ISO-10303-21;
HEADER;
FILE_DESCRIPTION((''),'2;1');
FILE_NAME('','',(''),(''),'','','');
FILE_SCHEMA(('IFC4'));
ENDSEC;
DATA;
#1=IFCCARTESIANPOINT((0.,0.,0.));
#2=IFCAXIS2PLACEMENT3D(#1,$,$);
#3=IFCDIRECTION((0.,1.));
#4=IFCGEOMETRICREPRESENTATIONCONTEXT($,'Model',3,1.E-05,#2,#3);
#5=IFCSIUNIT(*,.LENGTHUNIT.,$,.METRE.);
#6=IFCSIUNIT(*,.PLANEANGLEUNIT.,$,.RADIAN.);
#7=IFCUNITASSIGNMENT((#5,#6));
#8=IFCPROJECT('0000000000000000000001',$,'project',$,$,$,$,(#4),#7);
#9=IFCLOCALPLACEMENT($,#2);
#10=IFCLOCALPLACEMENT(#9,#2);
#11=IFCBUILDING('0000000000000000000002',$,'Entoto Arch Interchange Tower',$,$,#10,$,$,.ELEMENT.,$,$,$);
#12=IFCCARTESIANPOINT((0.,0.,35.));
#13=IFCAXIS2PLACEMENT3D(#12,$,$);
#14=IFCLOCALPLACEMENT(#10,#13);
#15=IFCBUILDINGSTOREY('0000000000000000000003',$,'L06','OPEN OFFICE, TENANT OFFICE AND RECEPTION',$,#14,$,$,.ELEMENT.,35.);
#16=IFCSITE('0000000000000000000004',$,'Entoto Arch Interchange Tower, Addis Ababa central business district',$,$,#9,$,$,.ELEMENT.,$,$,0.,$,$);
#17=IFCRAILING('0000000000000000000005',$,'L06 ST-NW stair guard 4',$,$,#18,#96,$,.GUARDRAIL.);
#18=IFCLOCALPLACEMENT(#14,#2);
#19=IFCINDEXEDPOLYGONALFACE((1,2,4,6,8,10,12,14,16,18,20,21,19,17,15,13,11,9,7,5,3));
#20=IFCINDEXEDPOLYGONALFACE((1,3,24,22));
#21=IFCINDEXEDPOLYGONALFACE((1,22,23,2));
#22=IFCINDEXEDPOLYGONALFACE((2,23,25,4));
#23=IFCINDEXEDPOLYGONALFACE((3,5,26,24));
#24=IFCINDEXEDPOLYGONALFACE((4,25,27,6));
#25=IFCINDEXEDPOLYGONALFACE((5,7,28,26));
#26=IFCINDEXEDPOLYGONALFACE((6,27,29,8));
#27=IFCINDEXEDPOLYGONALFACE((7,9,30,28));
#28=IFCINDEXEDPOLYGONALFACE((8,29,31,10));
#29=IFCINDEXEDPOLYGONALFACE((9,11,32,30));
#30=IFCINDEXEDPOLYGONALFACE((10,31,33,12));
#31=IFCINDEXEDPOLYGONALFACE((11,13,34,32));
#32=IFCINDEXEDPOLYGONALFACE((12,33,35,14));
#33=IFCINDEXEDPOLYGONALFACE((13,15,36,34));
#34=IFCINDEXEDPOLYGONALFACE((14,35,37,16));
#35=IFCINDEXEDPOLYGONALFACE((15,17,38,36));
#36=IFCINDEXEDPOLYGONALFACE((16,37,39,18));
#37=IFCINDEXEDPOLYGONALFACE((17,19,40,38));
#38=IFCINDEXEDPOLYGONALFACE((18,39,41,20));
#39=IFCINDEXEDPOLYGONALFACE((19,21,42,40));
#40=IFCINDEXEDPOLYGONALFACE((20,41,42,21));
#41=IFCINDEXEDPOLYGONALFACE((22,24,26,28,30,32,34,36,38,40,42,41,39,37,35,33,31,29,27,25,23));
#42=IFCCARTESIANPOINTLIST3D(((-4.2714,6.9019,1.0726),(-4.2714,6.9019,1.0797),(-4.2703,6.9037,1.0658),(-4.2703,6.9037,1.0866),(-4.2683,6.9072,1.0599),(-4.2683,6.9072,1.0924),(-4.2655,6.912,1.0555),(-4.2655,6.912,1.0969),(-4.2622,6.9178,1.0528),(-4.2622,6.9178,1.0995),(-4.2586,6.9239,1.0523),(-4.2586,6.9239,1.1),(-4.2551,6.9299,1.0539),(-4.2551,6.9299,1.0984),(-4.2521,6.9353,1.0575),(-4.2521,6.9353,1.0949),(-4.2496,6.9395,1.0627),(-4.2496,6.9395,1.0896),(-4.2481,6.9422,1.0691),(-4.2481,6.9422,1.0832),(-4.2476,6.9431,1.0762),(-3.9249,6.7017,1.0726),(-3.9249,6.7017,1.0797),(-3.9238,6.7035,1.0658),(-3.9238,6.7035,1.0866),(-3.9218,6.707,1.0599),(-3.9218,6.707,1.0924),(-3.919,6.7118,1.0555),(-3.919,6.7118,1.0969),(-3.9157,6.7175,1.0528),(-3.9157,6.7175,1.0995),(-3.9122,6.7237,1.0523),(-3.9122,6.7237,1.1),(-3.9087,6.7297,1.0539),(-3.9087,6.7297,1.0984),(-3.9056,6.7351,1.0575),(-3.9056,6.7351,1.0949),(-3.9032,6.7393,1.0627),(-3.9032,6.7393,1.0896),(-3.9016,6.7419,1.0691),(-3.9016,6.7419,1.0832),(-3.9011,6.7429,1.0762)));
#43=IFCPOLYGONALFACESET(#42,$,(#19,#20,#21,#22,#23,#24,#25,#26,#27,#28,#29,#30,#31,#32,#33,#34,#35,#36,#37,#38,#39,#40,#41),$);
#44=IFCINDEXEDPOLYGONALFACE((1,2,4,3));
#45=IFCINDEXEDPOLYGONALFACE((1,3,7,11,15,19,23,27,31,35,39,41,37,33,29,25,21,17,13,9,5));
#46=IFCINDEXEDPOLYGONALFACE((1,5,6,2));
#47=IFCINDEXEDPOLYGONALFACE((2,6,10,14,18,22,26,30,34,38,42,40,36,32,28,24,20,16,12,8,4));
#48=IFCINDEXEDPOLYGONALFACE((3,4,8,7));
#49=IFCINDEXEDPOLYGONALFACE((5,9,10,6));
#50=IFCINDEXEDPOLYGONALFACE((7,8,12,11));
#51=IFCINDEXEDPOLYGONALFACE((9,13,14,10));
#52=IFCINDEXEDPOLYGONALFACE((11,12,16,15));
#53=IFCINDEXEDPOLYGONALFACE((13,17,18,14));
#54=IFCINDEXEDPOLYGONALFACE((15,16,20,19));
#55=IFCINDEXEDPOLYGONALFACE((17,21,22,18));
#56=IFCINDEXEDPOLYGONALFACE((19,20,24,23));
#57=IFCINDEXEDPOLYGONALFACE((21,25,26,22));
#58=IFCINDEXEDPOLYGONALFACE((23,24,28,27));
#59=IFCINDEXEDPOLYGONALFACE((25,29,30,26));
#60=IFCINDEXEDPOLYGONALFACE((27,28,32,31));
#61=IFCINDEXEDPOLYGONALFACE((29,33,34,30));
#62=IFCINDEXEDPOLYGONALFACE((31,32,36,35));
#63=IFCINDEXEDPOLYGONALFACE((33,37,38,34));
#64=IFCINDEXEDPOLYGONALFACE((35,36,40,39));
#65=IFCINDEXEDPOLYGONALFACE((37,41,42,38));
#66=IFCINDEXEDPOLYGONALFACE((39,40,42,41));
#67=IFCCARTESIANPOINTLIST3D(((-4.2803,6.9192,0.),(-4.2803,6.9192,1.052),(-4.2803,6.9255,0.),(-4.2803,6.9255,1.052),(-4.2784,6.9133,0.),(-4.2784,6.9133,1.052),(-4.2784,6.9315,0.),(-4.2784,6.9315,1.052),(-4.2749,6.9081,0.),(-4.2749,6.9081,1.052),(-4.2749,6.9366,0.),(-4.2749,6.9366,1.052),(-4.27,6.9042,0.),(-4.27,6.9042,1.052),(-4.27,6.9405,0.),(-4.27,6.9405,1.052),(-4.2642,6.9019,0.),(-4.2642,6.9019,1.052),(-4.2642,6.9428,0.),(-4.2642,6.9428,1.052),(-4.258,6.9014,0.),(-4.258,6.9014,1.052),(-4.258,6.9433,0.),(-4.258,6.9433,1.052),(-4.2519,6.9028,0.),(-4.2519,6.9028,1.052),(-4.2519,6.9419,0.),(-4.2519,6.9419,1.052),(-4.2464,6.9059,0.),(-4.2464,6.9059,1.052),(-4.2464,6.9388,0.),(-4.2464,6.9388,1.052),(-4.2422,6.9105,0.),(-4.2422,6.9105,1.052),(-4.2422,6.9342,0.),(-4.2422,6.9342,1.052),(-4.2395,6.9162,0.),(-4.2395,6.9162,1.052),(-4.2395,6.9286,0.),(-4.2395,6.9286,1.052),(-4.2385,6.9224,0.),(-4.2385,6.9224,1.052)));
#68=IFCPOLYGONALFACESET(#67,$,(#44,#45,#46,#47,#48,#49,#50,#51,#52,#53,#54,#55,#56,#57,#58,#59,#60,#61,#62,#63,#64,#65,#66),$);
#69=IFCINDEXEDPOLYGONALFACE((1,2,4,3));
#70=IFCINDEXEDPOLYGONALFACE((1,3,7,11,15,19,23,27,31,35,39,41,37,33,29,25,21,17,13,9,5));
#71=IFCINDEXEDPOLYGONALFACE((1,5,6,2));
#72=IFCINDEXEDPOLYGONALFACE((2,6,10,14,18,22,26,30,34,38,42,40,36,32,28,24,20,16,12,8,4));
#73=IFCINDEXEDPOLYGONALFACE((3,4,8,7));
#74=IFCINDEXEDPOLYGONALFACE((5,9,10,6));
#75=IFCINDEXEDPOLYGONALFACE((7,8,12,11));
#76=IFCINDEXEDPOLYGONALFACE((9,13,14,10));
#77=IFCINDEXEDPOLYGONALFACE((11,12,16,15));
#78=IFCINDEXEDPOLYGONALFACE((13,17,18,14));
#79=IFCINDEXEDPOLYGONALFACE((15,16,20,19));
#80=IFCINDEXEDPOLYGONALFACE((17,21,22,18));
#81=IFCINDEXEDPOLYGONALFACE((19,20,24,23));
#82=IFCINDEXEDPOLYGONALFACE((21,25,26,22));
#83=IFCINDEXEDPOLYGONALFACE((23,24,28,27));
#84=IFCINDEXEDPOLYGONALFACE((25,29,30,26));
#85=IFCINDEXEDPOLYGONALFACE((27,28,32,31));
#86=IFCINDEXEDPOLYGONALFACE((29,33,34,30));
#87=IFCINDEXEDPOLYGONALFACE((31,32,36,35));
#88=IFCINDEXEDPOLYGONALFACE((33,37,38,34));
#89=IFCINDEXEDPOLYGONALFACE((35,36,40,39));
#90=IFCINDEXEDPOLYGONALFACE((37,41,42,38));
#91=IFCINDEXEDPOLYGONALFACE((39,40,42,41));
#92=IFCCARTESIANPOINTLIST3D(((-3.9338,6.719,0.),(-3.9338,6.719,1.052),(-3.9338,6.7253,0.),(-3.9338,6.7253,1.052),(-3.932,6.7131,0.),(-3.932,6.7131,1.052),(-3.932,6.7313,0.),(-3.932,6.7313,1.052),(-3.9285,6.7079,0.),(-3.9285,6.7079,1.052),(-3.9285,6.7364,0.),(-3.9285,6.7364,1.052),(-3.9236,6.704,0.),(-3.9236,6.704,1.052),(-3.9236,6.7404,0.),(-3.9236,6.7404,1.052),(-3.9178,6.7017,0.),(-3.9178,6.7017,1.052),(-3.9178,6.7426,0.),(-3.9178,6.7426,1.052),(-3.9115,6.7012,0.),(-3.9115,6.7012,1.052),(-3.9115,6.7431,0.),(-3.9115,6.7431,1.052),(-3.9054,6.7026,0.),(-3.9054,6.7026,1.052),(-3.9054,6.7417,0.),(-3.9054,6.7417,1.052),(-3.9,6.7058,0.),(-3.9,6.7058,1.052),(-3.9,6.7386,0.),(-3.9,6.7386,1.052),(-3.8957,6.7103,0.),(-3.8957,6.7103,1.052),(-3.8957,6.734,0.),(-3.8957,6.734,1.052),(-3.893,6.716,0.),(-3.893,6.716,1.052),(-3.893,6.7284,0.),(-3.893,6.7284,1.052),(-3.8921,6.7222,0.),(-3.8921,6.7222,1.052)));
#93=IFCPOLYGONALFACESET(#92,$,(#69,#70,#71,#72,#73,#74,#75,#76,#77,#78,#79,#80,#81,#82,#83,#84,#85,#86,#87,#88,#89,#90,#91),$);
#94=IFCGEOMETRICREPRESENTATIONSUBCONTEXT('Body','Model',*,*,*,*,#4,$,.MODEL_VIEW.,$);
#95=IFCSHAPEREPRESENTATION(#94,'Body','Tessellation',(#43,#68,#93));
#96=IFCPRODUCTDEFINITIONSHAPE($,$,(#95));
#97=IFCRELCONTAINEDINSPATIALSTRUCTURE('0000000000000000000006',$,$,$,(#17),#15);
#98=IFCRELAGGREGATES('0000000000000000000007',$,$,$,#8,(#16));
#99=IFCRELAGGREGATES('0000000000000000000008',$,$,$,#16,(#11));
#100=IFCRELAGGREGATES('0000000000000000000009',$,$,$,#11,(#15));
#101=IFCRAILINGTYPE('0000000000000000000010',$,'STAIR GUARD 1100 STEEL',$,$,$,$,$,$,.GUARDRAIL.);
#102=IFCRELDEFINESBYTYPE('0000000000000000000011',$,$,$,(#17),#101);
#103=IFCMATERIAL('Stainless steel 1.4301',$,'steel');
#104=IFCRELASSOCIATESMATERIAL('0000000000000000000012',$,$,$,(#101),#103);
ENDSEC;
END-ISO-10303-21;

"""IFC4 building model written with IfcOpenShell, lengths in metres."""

from ifc_helpers import new_model, si_unit, direction, frame, origin, origin_2d, place, context, subcontext, project, spatial, circle, extrude, material, type_object, element, save


model = new_model("IFC4")

# Units and contexts
model_context = context("Model", 3, precision=1e-05, world=origin(), true_north=direction((0.0, 1.0)))
body_context = subcontext(model_context, "Body", "Model", "MODEL_VIEW")
ifc_project = project(units=[si_unit("LENGTHUNIT", "METRE"), si_unit("PLANEANGLEUNIT", "RADIAN")], contexts=[model_context])

# Site, building, storey
site_placement = place(None, origin())
site = spatial("IfcSite", under=ifc_project, at=site_placement, Name="Entoto Arch Interchange Tower, Addis Ababa central business district", CompositionType="ELEMENT", RefElevation=0.0)
building_placement = place(site_placement, origin())
building = spatial("IfcBuilding", under=site, at=building_placement, Name="Entoto Arch Interchange Tower", CompositionType="ELEMENT")
storey_placement = place(building_placement, frame((0.0, 0.0, 35.0)))
storey = spatial("IfcBuildingStorey", under=building, at=storey_placement, Name="L06", Description="OPEN OFFICE, TENANT OFFICE AND RECEPTION", CompositionType="ELEMENT", Elevation=35.0)

# Railing
ifc_material_1 = material(Name="Stainless steel 1.4301", Category="steel")
railing_type = type_object("IfcRailingType", Name="STAIR GUARD 1100 STEEL", PredefinedType="GUARDRAIL", material=ifc_material_1)
railing_1_placement = place(storey_placement, frame((-4.2595, 6.9224, 0.0)))
element("IfcRailing", 1, at=railing_1_placement, inside=storey, type_object=railing_type, Name="L06 ST-NW stair guard 4", PredefinedType="GUARDRAIL", context=body_context, shape_type="SweptSolid", body=[
    extrude(circle(Radius=0.0239, at=origin_2d()), frame((0.0, 0.0, 1.0762), z_axis=(0.86583, -0.500339, 0.0), x_axis=(0.500339, 0.86583, 0.0)), (0.0, 0.0, 1.0), 0.4001),
    extrude(circle(Radius=0.021, at=origin_2d()), origin(), (0.0, 0.0, 1.0), 1.052),
    extrude(circle(Radius=0.021, at=origin_2d()), frame((0.3464, -0.2002, 0.0)), (0.0, 0.0, 1.0), 1.052),
])

save(model, "model.ifc")
